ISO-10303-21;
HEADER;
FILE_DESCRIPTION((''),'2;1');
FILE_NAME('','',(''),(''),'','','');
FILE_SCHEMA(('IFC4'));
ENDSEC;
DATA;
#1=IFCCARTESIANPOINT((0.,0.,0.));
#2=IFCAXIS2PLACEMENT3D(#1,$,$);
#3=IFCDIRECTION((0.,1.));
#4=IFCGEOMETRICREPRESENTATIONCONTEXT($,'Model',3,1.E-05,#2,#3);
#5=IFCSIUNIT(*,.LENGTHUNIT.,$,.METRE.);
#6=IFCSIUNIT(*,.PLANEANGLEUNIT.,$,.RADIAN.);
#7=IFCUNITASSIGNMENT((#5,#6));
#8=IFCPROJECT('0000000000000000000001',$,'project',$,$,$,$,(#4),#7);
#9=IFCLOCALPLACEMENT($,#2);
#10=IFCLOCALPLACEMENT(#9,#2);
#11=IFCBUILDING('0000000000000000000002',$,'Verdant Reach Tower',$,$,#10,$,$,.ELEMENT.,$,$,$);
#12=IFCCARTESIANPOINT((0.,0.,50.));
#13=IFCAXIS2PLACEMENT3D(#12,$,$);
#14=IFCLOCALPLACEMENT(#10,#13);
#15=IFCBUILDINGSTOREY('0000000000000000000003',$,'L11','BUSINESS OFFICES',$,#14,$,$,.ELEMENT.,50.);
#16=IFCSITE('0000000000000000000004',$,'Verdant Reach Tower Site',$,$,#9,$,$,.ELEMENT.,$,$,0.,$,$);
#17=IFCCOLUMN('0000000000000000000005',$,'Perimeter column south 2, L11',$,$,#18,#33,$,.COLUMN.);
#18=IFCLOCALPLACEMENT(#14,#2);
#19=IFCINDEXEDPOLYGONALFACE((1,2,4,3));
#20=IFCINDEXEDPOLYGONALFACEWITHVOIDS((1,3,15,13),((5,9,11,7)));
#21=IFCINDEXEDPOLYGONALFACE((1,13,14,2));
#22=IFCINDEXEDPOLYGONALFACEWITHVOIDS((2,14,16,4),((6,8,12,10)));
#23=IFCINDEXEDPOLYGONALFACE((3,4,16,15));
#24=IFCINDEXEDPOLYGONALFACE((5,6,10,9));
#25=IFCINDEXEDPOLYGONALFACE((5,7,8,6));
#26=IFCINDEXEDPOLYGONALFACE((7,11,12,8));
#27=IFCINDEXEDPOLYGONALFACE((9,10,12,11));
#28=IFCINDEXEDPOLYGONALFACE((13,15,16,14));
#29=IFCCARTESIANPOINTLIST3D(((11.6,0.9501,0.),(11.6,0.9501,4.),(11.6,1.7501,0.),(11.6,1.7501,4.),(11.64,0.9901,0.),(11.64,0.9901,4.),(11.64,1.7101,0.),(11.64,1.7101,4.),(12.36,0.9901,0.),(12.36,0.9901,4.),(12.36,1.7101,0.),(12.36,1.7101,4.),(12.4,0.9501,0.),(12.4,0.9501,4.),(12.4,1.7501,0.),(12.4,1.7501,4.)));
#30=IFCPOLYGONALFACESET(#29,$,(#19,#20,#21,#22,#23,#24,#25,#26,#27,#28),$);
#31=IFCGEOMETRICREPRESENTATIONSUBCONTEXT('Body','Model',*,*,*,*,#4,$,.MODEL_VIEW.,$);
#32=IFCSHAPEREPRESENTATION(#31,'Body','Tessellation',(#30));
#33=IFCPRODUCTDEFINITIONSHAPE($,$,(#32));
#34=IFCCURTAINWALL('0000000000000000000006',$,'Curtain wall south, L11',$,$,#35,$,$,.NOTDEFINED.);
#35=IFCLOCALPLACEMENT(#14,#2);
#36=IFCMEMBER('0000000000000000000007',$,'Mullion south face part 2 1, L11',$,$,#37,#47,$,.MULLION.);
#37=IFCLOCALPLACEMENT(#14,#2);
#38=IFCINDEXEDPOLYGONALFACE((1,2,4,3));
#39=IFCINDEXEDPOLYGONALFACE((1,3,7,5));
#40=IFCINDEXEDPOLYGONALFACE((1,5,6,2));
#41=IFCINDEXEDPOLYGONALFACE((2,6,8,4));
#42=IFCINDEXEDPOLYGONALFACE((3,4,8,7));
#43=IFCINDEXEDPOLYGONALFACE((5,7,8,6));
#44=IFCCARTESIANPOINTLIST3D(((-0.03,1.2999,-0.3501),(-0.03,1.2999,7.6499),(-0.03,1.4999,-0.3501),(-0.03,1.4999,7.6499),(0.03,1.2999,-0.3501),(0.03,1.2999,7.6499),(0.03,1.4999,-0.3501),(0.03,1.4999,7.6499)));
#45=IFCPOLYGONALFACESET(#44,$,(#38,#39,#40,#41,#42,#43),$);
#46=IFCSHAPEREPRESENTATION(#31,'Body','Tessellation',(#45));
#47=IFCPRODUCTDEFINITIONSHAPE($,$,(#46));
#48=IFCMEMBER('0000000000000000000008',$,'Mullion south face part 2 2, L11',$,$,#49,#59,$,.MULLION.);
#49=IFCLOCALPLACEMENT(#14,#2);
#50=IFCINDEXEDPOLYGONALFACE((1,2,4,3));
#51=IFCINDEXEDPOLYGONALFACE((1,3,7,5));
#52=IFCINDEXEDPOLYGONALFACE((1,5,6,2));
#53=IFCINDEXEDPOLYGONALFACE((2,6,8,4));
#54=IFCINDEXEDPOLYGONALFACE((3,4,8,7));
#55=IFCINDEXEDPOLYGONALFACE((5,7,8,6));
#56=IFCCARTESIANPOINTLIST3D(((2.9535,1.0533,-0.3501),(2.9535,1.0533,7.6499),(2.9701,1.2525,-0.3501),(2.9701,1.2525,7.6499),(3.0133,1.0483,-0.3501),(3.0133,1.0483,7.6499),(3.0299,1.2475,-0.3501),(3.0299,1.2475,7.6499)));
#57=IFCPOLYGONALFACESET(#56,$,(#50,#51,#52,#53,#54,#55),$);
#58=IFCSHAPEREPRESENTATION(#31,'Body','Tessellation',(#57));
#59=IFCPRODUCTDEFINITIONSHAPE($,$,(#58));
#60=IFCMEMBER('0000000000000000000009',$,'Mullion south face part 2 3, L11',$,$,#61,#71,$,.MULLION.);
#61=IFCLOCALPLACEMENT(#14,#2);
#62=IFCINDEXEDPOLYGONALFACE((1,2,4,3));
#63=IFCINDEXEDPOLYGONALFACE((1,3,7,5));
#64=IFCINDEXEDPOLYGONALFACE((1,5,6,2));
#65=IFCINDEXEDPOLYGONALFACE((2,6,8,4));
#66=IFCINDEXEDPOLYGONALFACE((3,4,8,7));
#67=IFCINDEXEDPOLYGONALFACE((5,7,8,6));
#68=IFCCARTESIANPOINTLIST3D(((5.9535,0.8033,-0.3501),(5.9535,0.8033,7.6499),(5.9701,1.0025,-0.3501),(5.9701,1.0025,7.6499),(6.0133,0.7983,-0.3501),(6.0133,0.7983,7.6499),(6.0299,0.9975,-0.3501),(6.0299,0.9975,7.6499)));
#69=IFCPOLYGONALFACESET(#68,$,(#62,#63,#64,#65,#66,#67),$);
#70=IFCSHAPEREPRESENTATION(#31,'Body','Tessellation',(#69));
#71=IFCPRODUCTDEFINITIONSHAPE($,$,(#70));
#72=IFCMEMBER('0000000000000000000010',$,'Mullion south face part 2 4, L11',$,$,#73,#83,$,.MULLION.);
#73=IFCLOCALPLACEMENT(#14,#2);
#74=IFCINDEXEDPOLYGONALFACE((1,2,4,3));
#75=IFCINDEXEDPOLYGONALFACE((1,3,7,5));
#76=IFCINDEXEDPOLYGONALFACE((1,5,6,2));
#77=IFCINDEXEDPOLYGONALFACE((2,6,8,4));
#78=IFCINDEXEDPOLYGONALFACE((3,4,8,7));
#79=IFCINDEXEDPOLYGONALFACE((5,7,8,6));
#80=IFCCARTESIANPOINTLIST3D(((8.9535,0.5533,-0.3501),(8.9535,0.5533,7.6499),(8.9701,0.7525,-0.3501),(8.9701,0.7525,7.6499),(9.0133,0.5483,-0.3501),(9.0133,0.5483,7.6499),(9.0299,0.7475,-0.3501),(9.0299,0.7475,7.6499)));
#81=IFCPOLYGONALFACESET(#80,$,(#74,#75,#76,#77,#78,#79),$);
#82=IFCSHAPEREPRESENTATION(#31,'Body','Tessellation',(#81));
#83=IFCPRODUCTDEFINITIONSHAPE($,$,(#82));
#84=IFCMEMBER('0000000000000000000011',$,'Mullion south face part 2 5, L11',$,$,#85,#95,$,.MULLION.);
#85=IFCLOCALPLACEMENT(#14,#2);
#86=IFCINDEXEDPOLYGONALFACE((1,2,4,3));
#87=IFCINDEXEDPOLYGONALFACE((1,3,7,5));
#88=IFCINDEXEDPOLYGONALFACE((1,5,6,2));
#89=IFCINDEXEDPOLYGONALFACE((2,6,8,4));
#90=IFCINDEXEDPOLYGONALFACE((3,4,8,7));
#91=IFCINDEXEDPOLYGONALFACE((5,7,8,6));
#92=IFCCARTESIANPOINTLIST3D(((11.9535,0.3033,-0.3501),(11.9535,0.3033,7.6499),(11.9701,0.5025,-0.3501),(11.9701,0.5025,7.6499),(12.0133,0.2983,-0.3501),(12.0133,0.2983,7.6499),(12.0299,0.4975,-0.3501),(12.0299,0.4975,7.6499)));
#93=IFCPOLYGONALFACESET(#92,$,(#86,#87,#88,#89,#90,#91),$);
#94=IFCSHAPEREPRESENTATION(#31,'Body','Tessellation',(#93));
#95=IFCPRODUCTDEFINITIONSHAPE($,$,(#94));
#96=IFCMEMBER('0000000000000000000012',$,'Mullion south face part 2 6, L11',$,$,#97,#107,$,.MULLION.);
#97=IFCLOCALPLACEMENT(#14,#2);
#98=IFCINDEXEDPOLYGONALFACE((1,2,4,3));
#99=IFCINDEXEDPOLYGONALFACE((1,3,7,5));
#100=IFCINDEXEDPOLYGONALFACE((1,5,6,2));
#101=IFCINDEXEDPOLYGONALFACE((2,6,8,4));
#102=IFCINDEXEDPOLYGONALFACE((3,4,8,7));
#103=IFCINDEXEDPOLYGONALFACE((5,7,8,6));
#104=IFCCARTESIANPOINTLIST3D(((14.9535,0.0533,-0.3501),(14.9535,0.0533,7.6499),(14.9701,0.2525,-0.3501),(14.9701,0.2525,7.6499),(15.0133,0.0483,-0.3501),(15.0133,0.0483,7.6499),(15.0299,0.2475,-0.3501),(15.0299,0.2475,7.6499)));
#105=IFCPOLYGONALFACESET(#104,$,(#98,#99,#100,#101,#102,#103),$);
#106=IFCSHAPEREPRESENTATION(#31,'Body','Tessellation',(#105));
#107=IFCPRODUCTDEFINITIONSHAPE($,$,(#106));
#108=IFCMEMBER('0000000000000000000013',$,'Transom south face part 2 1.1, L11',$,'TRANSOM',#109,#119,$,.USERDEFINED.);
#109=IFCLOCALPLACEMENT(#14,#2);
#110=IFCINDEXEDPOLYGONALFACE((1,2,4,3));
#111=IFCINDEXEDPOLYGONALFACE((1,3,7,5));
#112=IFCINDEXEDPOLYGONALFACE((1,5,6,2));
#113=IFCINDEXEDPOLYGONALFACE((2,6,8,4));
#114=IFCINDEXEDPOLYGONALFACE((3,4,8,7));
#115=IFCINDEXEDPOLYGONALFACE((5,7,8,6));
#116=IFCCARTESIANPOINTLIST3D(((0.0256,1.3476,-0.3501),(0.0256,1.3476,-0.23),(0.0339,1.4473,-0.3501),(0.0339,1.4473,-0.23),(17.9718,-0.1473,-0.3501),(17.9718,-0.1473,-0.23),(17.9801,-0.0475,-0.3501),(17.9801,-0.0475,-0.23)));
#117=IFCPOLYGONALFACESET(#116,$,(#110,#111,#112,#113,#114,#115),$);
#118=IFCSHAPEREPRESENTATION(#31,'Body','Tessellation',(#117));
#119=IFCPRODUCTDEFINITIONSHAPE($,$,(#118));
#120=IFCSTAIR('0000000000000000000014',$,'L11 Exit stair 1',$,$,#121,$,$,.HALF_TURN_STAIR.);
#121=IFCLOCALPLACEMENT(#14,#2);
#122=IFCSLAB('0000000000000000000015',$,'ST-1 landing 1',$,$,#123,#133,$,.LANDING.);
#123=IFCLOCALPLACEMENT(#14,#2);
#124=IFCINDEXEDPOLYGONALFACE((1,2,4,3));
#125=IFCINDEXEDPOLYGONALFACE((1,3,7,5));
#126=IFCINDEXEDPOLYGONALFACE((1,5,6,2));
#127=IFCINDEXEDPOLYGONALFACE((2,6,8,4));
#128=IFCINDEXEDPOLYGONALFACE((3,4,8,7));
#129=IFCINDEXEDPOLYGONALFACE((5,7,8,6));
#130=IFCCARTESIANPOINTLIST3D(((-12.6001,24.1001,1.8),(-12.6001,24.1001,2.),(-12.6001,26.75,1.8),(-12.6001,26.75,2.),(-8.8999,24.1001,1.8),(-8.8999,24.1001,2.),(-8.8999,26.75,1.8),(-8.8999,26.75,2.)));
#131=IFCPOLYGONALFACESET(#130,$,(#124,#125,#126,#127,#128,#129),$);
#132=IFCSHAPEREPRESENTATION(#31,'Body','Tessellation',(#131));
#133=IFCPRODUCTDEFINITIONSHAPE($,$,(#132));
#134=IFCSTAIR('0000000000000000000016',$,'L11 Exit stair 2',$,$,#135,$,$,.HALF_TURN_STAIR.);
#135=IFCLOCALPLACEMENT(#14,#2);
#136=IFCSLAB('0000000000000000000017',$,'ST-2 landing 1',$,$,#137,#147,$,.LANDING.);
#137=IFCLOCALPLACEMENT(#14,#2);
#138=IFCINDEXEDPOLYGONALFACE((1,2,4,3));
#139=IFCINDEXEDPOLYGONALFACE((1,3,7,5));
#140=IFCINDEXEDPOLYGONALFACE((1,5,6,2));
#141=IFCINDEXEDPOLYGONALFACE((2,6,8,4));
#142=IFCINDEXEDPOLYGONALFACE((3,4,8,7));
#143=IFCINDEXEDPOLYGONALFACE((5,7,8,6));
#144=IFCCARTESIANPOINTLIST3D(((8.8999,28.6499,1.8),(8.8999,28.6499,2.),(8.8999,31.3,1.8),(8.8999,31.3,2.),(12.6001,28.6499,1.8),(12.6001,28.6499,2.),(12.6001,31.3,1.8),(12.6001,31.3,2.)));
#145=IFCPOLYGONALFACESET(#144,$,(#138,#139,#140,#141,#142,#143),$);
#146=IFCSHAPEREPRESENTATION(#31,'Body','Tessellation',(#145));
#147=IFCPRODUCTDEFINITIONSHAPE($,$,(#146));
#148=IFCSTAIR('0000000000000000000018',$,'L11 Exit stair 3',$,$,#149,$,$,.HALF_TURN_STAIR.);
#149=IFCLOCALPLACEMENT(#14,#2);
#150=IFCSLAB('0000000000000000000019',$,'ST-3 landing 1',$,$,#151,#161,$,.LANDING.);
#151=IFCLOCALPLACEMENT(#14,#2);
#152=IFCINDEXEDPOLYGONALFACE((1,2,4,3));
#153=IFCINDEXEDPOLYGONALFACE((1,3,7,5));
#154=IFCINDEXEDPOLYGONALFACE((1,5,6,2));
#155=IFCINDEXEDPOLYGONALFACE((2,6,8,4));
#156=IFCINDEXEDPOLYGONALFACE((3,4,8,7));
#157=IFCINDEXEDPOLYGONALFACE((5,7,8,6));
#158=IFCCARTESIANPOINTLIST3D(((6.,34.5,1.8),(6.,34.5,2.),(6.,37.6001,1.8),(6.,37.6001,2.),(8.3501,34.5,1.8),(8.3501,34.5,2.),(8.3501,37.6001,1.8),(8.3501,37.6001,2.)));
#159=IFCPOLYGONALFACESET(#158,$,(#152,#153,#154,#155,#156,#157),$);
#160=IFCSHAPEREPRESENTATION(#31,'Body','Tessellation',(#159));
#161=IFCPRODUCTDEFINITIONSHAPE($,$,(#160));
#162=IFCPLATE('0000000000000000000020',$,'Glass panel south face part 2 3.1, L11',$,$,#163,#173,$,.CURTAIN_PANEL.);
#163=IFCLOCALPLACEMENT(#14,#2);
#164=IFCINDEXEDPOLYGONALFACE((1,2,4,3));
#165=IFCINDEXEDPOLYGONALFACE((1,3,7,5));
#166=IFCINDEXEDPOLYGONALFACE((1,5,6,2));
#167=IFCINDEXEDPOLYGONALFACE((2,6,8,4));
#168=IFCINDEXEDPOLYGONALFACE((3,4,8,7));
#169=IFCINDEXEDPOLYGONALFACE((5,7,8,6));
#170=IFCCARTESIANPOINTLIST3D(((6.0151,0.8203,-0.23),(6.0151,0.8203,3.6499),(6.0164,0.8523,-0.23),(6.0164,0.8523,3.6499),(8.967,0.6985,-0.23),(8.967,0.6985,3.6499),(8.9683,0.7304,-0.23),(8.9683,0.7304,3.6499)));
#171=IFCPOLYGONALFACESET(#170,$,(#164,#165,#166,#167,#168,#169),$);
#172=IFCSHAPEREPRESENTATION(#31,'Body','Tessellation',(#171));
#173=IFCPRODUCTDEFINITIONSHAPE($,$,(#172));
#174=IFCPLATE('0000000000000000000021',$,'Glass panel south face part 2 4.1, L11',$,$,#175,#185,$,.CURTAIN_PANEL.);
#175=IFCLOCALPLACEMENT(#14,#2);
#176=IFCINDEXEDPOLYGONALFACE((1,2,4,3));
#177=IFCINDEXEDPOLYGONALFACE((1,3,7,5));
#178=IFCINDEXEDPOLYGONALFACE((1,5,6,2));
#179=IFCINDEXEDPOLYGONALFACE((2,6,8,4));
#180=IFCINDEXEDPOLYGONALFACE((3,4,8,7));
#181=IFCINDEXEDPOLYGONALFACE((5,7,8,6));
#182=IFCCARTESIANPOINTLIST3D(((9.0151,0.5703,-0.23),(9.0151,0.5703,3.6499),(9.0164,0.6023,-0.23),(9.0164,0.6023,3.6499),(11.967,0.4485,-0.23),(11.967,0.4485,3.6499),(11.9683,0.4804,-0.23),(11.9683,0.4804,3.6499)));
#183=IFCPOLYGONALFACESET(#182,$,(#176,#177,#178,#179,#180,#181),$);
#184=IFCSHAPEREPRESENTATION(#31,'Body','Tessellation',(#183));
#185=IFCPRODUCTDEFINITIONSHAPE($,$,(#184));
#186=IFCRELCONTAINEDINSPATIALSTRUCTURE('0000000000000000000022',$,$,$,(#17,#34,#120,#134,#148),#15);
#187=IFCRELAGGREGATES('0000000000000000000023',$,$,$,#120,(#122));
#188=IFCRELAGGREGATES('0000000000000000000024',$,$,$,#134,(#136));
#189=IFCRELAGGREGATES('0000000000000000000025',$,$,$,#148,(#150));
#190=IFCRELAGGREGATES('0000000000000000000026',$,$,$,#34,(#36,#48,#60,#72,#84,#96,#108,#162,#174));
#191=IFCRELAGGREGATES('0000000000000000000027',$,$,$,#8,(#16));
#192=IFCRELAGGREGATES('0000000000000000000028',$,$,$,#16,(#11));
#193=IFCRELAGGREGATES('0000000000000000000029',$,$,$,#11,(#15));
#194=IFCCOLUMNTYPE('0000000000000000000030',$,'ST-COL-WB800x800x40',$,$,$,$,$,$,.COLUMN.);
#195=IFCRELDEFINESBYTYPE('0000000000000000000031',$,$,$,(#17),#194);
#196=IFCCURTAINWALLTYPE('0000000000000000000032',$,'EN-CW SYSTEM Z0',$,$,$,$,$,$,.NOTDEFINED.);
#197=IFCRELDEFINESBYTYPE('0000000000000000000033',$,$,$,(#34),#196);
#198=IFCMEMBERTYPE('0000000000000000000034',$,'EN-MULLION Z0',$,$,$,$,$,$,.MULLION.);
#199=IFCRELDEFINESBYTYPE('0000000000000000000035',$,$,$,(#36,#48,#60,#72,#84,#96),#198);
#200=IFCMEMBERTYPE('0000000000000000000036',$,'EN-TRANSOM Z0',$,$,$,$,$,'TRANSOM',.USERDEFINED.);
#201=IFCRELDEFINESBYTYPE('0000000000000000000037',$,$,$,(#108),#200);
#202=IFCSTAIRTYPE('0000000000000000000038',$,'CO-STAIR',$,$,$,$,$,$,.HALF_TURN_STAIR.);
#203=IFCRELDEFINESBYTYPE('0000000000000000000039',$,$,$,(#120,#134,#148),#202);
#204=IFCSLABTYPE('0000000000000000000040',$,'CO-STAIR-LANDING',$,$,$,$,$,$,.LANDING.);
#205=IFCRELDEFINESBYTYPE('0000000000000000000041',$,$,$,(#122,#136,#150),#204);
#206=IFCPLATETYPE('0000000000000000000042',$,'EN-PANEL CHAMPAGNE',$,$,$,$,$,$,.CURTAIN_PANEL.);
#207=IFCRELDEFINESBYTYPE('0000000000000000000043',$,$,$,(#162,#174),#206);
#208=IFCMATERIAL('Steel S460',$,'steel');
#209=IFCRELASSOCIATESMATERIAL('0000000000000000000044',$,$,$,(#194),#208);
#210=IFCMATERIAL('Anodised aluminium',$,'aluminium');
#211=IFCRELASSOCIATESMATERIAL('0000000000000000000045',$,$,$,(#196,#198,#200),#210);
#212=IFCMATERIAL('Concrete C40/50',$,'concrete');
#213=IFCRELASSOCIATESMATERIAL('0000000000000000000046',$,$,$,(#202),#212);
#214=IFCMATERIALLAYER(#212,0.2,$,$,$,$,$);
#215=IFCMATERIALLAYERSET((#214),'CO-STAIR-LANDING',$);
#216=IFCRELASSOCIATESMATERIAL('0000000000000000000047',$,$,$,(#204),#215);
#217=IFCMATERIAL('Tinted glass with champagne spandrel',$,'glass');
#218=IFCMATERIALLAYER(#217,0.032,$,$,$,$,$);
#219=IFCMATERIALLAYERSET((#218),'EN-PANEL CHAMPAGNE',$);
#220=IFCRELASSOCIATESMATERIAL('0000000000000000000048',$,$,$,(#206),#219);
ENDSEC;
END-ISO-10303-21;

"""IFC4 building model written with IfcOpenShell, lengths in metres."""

from ifc_helpers import new_model, si_unit, direction, frame, origin, origin_2d, place, context, subcontext, project, spatial, polyline, rectangle, hollow_rectangle, outline, extrude, material, layer, layer_set, material_profile, profile_set, type_object, element, aggregate, save


model = new_model("IFC4")

# Units and contexts
model_context = context("Model", 3, precision=1e-05, world=origin(), true_north=direction((0.0, 1.0)))
body_context = subcontext(model_context, "Body", "Model", "MODEL_VIEW")
ifc_project = project(units=[si_unit("LENGTHUNIT", "METRE"), si_unit("PLANEANGLEUNIT", "RADIAN")], contexts=[model_context])

# Site, building, storey
site_placement = place(None, origin())
site = spatial("IfcSite", under=ifc_project, at=site_placement, Name="Verdant Reach Tower Site", CompositionType="ELEMENT", RefElevation=0.0)
building_placement = place(site_placement, origin())
building = spatial("IfcBuilding", under=site, at=building_placement, Name="Verdant Reach Tower", CompositionType="ELEMENT")
storey_placement = place(building_placement, frame((0.0, 0.0, 50.0)))
storey = spatial("IfcBuildingStorey", under=building, at=storey_placement, Name="L11", Description="BUSINESS OFFICES", CompositionType="ELEMENT", Elevation=50.0)

# Column
ifc_material_1 = material(Name="Steel S460", Category="steel")
ifc_material_profile_1 = material_profile(ifc_material_1, hollow_rectangle(XDim=0.8, YDim=0.8, WallThickness=0.04, at=origin_2d()), Name="WB 800x800x40")
ifc_profile_set_1 = profile_set([ifc_material_profile_1], Name="Steel S460")
column_type = type_object("IfcColumnType", Name="ST-COL-WB800x800x40", PredefinedType="COLUMN", material=ifc_profile_set_1)
column_placement = place(storey_placement, frame((12.0, 1.3501, 0.0), z_axis=(0.0, 0.0, 1.0), x_axis=(1.0, 0.0, 0.0)))
element("IfcColumn", 1, at=column_placement, inside=storey, type_object=column_type, Name="Perimeter column south 2, L11", PredefinedType="COLUMN", context=body_context, shape_type="SweptSolid", body=[
    extrude(hollow_rectangle(XDim=0.8, YDim=0.8, WallThickness=0.04, at=origin_2d()), origin(), (0.0, 0.0, 1.0), 4.0),
])

# Curtain wall, members
ifc_material_2 = material(Name="Anodised aluminium", Category="aluminium")
curtain_wall_type = type_object("IfcCurtainWallType", Name="EN-CW SYSTEM Z0", PredefinedType="NOTDEFINED", material=ifc_material_2)
curtain_wall_placement = place(storey_placement, origin())
curtain_wall = element("IfcCurtainWall", 2, at=curtain_wall_placement, inside=storey, type_object=curtain_wall_type, Name="Curtain wall south, L11", PredefinedType="NOTDEFINED")
ifc_material_profile_2 = material_profile(ifc_material_2, rectangle(XDim=0.2, YDim=0.0601, at=origin_2d()), Name="Mullion 60x200")
ifc_profile_set_2 = profile_set([ifc_material_profile_2], Name="Anodised aluminium")
member_type_1 = type_object("IfcMemberType", Name="EN-MULLION Z0", PredefinedType="MULLION", material=ifc_profile_set_2)
member_1_placement = place(storey_placement, frame((0.0, 1.3999, -0.3501), z_axis=(0.0, 0.0, 1.0), x_axis=(0.0, -1.0, 0.0)))
member_1 = element("IfcMember", 3, at=member_1_placement, type_object=member_type_1, Name="Mullion south face part 2 1, L11", PredefinedType="MULLION", context=body_context, shape_type="SweptSolid", body=[
    extrude(rectangle(XDim=0.2, YDim=0.0601, at=origin_2d()), origin(), (0.0, 0.0, 1.0), 8.0),
])
member_2_placement = place(storey_placement, frame((2.9917, 1.1504, -0.3501), z_axis=(0.0, 0.0, 1.0), x_axis=(-0.083045, -0.996546, 0.0)))
member_2 = element("IfcMember", 4, at=member_2_placement, type_object=member_type_1, Name="Mullion south face part 2 2, L11", PredefinedType="MULLION", context=body_context, shape_type="SweptSolid", body=[
    extrude(rectangle(XDim=0.2, YDim=0.0601, at=origin_2d()), origin(), (0.0, 0.0, 1.0), 8.0),
])
member_3_placement = place(storey_placement, frame((5.9917, 0.9004, -0.3501), z_axis=(0.0, 0.0, 1.0), x_axis=(-0.083045, -0.996546, 0.0)))
member_3 = element("IfcMember", 5, at=member_3_placement, type_object=member_type_1, Name="Mullion south face part 2 3, L11", PredefinedType="MULLION", context=body_context, shape_type="SweptSolid", body=[
    extrude(rectangle(XDim=0.2, YDim=0.0601, at=origin_2d()), origin(), (0.0, 0.0, 1.0), 8.0),
])
member_4_placement = place(storey_placement, frame((8.9917, 0.6504, -0.3501), z_axis=(0.0, 0.0, 1.0), x_axis=(-0.083045, -0.996546, 0.0)))
member_4 = element("IfcMember", 6, at=member_4_placement, type_object=member_type_1, Name="Mullion south face part 2 4, L11", PredefinedType="MULLION", context=body_context, shape_type="SweptSolid", body=[
    extrude(rectangle(XDim=0.2, YDim=0.0601, at=origin_2d()), origin(), (0.0, 0.0, 1.0), 8.0),
])
member_5_placement = place(storey_placement, frame((11.9917, 0.4004, -0.3501), z_axis=(0.0, 0.0, 1.0), x_axis=(-0.083045, -0.996546, 0.0)))
member_5 = element("IfcMember", 7, at=member_5_placement, type_object=member_type_1, Name="Mullion south face part 2 5, L11", PredefinedType="MULLION", context=body_context, shape_type="SweptSolid", body=[
    extrude(rectangle(XDim=0.2, YDim=0.0601, at=origin_2d()), origin(), (0.0, 0.0, 1.0), 8.0),
])
member_6_placement = place(storey_placement, frame((14.9917, 0.1504, -0.3501), z_axis=(0.0, 0.0, 1.0), x_axis=(-0.083045, -0.996546, 0.0)))
member_6 = element("IfcMember", 8, at=member_6_placement, type_object=member_type_1, Name="Mullion south face part 2 6, L11", PredefinedType="MULLION", context=body_context, shape_type="SweptSolid", body=[
    extrude(rectangle(XDim=0.2, YDim=0.0601, at=origin_2d()), origin(), (0.0, 0.0, 1.0), 8.0),
])
ifc_material_profile_3 = material_profile(ifc_material_2, rectangle(XDim=0.1001, YDim=0.1201, at=origin_2d()), Name="Transom 120x100")
ifc_profile_set_3 = profile_set([ifc_material_profile_3], Name="Anodised aluminium")
member_type_2 = type_object("IfcMemberType", Name="EN-TRANSOM Z0", ElementType="TRANSOM", PredefinedType="USERDEFINED", material=ifc_profile_set_3)
member_7_placement = place(storey_placement, frame((0.0298, 1.3975, -0.29), z_axis=(0.996549, -0.083011, 0.0), x_axis=(0.083011, 0.996549, 0.0)))
member_7 = element("IfcMember", 9, at=member_7_placement, type_object=member_type_2, Name="Transom south face part 2 1.1, L11", ObjectType="TRANSOM", PredefinedType="USERDEFINED", context=body_context, shape_type="SweptSolid", body=[
    extrude(rectangle(XDim=0.1001, YDim=0.1201, at=origin_2d()), origin(), (0.0, 0.0, 1.0), 18.0083),
])

# Stairs, slabs
ifc_material_3 = material(Name="Concrete C40/50", Category="concrete")
stair_type = type_object("IfcStairType", Name="CO-STAIR", PredefinedType="HALF_TURN_STAIR", material=ifc_material_3)
stair_1_placement = place(storey_placement, origin())
stair_1 = element("IfcStair", 10, at=stair_1_placement, inside=storey, type_object=stair_type, Name="L11 Exit stair 1", PredefinedType="HALF_TURN_STAIR")
ifc_layer_1 = layer(ifc_material_3, 0.2)
ifc_layer_set_1 = layer_set([ifc_layer_1], Name="CO-STAIR-LANDING")
slab_type = type_object("IfcSlabType", Name="CO-STAIR-LANDING", PredefinedType="LANDING", material=ifc_layer_set_1)
slab_1_placement = place(storey_placement, frame((0.0, 0.0, 1.8)))
slab_1 = element("IfcSlab", 11, at=slab_1_placement, type_object=slab_type, Name="ST-1 landing 1", PredefinedType="LANDING", context=body_context, shape_type="SweptSolid", body=[
    extrude(outline(polyline([(-12.6001, 26.75), (-12.6001, 24.1001), (-8.8999, 24.1001), (-8.8999, 26.75), (-12.6001, 26.75)])), origin(), (0.0, 0.0, 1.0), 0.2),
])
aggregate(stair_1, [slab_1])
stair_2_placement = place(storey_placement, origin())
stair_2 = element("IfcStair", 12, at=stair_2_placement, inside=storey, type_object=stair_type, Name="L11 Exit stair 2", PredefinedType="HALF_TURN_STAIR")
slab_2_placement = place(storey_placement, frame((0.0, 0.0, 1.8)))
slab_2 = element("IfcSlab", 13, at=slab_2_placement, type_object=slab_type, Name="ST-2 landing 1", PredefinedType="LANDING", context=body_context, shape_type="SweptSolid", body=[
    extrude(outline(polyline([(12.6001, 28.6499), (12.6001, 31.3), (8.8999, 31.3), (8.8999, 28.6499), (12.6001, 28.6499)])), origin(), (0.0, 0.0, 1.0), 0.2),
])
aggregate(stair_2, [slab_2])
stair_3_placement = place(storey_placement, origin())
stair_3 = element("IfcStair", 14, at=stair_3_placement, inside=storey, type_object=stair_type, Name="L11 Exit stair 3", PredefinedType="HALF_TURN_STAIR")
slab_3_placement = place(storey_placement, frame((0.0, 0.0, 1.8)))
slab_3 = element("IfcSlab", 15, at=slab_3_placement, type_object=slab_type, Name="ST-3 landing 1", PredefinedType="LANDING", context=body_context, shape_type="SweptSolid", body=[
    extrude(outline(polyline([(8.3501, 37.6001), (6.0, 37.6001), (6.0, 34.5), (8.3501, 34.5), (8.3501, 37.6001)])), origin(), (0.0, 0.0, 1.0), 0.2),
])
aggregate(stair_3, [slab_3])

# Plates
ifc_material_4 = material(Name="Tinted glass with champagne spandrel", Category="glass")
ifc_layer_2 = layer(ifc_material_4, 0.032)
ifc_layer_set_2 = layer_set([ifc_layer_2], Name="EN-PANEL CHAMPAGNE")
plate_type_1 = type_object("IfcPlateType", Name="EN-PANEL CHAMPAGNE", PredefinedType="CURTAIN_PANEL", material=ifc_layer_set_2)
plate_1_placement = place(storey_placement, frame((7.4917, 0.7754, -0.23), z_axis=(0.0, 0.0, 1.0), x_axis=(0.999149, -0.041242, 0.0)))
plate_1 = element("IfcPlate", 16, at=plate_1_placement, type_object=plate_type_1, Name="Glass panel south face part 2 3.1, L11", PredefinedType="CURTAIN_PANEL", context=body_context, shape_type="SweptSolid", body=[
    extrude(rectangle(XDim=2.9543, YDim=0.032, at=origin_2d()), origin(), (0.0, 0.0, 1.0), 3.8799),
])
plate_2_placement = place(storey_placement, frame((10.4917, 0.5254, -0.23), z_axis=(0.0, 0.0, 1.0), x_axis=(0.999149, -0.041242, 0.0)))
plate_2 = element("IfcPlate", 17, at=plate_2_placement, type_object=plate_type_1, Name="Glass panel south face part 2 4.1, L11", PredefinedType="CURTAIN_PANEL", context=body_context, shape_type="SweptSolid", body=[
    extrude(rectangle(XDim=2.9543, YDim=0.032, at=origin_2d()), origin(), (0.0, 0.0, 1.0), 3.8799),
])
aggregate(curtain_wall, [member_1, member_2, member_3, member_4, member_5, member_6, member_7, plate_1, plate_2])

save(model, "model.ifc")
